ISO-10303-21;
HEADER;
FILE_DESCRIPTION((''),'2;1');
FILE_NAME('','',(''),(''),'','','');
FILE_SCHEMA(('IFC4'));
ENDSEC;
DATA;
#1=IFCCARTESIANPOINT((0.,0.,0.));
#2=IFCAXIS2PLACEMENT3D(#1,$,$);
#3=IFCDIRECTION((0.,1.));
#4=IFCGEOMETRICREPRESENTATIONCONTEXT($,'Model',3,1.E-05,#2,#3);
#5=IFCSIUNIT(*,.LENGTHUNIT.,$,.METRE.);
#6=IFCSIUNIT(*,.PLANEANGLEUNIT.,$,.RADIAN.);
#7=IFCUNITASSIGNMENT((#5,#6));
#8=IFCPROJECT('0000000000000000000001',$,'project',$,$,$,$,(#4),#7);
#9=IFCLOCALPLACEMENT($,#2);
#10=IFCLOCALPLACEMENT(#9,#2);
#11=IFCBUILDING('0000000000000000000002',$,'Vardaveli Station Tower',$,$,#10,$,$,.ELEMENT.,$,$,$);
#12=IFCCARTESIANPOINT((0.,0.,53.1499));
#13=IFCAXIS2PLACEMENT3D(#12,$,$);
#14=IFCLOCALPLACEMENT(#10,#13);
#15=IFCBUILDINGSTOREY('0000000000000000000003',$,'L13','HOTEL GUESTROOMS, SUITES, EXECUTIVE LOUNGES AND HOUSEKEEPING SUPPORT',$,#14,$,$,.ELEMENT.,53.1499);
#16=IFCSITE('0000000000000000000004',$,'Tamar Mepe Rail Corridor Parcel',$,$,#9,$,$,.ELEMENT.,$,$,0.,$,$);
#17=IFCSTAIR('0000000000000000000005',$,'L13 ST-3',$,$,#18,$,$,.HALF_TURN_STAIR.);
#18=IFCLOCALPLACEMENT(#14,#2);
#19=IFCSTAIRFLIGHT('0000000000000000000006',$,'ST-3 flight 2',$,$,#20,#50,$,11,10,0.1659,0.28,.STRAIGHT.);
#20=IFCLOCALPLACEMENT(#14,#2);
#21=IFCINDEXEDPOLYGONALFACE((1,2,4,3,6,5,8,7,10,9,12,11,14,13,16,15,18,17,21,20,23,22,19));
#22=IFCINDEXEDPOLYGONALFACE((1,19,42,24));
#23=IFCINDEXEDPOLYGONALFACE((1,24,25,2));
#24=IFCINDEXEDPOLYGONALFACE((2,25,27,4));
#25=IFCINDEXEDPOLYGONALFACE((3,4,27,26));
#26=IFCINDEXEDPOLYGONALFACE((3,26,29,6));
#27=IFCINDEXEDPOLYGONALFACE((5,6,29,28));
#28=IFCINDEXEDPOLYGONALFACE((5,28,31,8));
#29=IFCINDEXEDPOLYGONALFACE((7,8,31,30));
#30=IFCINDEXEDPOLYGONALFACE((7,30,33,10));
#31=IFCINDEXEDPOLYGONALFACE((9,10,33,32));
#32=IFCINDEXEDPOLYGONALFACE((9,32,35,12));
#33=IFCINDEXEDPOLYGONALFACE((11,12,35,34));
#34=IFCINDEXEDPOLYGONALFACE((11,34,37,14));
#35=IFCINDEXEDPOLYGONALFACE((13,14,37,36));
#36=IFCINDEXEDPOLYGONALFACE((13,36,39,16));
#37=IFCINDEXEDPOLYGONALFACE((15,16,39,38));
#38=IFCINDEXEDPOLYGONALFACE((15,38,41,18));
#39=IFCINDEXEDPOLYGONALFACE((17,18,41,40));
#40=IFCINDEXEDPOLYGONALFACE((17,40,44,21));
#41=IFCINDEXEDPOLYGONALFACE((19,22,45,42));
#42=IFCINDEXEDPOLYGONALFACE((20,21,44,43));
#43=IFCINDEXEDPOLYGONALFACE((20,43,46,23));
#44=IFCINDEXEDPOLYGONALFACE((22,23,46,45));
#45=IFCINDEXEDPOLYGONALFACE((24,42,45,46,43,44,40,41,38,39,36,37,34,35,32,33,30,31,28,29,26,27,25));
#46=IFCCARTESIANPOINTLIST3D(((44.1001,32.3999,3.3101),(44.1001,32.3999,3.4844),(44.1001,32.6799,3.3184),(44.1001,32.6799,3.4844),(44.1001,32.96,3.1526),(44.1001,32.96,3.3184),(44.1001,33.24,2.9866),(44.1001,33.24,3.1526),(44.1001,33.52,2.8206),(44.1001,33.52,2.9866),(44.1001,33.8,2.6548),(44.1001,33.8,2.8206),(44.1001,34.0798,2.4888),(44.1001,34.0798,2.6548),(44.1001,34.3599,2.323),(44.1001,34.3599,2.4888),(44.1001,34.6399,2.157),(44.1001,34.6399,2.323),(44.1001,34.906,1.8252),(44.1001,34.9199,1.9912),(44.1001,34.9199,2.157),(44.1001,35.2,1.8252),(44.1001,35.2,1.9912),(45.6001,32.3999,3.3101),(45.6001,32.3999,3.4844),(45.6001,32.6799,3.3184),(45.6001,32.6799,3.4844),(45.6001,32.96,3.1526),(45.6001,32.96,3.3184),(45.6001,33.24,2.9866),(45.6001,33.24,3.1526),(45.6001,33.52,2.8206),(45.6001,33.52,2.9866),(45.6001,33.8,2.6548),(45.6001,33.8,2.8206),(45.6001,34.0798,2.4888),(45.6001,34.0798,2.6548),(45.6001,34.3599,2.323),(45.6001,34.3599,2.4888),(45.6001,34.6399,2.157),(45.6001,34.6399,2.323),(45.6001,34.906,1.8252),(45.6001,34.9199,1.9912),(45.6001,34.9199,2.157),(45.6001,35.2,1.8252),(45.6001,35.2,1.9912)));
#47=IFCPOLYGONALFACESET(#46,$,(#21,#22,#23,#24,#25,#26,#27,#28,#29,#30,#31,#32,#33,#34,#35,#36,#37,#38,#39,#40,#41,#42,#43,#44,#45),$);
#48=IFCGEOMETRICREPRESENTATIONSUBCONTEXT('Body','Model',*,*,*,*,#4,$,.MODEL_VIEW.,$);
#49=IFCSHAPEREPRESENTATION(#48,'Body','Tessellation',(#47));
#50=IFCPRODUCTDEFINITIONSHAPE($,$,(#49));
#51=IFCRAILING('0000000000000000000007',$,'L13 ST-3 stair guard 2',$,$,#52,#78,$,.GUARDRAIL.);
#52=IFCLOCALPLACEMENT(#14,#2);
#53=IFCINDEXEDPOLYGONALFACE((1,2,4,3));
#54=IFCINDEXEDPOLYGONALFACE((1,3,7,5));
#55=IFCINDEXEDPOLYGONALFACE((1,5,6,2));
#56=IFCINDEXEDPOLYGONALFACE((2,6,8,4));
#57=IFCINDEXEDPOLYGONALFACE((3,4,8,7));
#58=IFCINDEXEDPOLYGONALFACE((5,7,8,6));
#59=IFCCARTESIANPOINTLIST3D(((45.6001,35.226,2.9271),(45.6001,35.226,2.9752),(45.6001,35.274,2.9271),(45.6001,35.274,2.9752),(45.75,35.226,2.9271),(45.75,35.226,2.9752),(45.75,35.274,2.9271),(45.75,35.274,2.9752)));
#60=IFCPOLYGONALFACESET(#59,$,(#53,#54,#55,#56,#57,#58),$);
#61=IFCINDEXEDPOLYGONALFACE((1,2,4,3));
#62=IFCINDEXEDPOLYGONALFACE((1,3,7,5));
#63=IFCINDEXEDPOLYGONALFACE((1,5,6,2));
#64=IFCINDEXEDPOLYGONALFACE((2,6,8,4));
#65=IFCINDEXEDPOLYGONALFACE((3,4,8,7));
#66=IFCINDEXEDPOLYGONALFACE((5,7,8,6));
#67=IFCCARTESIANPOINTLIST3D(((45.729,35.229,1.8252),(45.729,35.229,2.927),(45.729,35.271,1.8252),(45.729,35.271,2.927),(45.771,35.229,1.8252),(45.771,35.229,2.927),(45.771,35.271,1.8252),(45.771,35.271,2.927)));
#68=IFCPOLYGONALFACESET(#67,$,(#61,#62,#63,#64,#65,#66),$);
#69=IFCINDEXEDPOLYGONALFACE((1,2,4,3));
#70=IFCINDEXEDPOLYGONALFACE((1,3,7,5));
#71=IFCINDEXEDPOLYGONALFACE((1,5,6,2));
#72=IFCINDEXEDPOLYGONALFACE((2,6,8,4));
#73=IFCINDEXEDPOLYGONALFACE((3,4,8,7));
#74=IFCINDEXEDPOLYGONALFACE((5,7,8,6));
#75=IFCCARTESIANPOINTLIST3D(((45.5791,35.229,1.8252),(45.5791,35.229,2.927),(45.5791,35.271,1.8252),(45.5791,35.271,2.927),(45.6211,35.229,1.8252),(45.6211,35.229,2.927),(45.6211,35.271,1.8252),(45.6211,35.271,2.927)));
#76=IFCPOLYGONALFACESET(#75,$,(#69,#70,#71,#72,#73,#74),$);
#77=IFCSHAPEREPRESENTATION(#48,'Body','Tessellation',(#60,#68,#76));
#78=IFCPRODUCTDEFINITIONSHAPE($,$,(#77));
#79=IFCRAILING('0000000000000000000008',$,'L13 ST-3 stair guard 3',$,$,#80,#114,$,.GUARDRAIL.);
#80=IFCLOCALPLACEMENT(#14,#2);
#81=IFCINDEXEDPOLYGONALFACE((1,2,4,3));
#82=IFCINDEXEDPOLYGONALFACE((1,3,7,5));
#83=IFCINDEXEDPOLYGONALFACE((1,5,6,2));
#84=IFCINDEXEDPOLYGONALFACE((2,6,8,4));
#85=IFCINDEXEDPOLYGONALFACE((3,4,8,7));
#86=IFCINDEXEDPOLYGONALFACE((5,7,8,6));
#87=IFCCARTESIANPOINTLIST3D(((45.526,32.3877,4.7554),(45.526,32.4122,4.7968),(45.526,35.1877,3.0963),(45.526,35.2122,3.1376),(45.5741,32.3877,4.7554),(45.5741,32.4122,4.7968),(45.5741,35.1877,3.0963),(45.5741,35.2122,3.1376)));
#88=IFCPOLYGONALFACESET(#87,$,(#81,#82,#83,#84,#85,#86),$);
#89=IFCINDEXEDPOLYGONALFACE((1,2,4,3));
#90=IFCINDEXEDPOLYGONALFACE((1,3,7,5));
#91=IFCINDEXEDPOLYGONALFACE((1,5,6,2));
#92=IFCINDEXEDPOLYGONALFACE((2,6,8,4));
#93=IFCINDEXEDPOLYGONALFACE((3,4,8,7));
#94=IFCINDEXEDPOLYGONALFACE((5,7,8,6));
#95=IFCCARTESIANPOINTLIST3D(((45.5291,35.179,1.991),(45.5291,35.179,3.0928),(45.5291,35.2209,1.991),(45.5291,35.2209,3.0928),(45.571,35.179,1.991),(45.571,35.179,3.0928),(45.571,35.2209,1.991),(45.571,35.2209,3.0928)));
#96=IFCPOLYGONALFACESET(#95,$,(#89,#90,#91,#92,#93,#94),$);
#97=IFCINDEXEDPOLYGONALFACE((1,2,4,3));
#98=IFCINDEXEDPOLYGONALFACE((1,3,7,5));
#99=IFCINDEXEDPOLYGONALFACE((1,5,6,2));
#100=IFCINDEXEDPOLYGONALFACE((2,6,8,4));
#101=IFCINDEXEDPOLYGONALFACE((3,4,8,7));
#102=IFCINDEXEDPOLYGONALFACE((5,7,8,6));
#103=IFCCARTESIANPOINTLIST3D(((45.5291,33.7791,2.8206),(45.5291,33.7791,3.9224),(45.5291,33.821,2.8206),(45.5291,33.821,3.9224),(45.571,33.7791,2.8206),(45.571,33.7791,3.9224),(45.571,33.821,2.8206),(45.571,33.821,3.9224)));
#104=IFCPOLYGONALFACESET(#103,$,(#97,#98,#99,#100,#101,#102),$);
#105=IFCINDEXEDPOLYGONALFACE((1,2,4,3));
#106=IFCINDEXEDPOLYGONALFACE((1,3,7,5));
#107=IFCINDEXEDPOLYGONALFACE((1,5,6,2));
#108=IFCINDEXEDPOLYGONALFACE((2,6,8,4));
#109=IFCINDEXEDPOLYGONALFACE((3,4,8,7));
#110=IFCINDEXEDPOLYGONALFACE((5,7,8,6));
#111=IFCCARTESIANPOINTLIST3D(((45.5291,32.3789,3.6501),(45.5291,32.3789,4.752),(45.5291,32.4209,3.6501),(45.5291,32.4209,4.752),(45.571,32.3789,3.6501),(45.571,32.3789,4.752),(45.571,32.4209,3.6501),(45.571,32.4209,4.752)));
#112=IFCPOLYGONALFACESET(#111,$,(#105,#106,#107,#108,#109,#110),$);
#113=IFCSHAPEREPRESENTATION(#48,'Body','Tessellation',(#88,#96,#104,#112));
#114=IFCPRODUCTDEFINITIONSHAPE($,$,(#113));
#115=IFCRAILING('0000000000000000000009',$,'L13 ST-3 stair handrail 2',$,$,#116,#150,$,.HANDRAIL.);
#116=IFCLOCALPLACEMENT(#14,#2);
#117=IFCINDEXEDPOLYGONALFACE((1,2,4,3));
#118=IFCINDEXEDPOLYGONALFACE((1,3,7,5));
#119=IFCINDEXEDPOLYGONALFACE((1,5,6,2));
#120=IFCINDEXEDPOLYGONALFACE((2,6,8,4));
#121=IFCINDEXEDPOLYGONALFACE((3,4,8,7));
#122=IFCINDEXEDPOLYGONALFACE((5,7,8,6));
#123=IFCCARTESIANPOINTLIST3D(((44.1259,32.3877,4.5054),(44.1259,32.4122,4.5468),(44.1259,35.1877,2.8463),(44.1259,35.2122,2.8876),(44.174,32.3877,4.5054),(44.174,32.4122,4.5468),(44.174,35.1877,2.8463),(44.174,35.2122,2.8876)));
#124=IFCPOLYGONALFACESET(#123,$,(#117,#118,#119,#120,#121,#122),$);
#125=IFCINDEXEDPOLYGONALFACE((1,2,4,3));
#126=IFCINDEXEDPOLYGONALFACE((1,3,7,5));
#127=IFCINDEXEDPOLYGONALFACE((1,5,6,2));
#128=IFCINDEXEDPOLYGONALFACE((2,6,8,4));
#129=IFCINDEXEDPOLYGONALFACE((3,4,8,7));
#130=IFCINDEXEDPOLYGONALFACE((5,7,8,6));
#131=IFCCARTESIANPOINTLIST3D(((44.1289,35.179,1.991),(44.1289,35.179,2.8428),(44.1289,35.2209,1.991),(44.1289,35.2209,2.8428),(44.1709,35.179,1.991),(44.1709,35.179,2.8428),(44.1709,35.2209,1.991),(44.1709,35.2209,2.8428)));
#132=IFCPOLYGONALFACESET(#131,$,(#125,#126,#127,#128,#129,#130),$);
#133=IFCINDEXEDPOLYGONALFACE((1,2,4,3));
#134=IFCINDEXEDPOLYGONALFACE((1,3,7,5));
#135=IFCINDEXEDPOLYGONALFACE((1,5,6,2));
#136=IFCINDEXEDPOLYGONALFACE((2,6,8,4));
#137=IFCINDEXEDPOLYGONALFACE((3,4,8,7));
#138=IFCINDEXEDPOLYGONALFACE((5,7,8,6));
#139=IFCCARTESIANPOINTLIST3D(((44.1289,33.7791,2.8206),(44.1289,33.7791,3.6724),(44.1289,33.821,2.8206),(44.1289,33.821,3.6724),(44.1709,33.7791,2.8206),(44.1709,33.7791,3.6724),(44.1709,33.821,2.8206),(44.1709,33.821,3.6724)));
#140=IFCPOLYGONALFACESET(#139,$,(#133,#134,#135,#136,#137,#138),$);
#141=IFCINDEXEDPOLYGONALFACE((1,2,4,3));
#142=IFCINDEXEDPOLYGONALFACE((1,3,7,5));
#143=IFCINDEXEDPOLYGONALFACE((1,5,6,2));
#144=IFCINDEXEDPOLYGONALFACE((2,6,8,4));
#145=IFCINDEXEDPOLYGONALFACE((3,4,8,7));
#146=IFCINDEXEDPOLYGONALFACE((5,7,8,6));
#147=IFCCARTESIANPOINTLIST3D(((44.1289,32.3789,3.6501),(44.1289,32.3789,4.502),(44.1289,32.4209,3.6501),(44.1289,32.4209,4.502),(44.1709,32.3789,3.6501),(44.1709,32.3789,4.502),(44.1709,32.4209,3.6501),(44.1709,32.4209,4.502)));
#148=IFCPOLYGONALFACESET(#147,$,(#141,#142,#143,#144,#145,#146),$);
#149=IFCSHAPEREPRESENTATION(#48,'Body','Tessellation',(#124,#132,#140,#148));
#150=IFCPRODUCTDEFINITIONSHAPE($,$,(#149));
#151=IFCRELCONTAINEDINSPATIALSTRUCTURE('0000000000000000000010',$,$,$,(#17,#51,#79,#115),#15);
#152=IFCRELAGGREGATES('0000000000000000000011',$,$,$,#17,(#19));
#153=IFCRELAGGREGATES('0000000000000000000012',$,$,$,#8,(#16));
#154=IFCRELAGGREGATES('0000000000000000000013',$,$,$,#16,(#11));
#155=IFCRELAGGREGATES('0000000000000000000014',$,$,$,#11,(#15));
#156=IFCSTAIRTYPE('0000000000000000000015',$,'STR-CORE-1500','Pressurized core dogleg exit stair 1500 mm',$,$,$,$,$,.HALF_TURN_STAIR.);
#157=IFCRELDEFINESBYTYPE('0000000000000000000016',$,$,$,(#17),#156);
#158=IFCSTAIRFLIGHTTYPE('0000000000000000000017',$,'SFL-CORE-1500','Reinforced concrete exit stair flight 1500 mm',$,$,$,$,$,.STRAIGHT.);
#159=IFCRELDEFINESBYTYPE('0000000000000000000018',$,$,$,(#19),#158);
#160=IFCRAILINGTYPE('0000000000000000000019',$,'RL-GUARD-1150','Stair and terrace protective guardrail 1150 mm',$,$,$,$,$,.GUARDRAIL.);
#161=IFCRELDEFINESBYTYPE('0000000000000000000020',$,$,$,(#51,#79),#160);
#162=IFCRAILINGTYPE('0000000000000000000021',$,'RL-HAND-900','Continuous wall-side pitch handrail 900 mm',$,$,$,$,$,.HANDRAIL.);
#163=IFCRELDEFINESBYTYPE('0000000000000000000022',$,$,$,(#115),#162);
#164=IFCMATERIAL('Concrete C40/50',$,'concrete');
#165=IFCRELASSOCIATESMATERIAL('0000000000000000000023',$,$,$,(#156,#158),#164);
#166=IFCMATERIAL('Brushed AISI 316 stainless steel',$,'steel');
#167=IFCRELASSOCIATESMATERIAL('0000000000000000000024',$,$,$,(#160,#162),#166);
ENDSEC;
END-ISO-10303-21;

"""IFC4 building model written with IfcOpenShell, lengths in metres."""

from ifc_helpers import new_model, si_unit, direction, frame, origin, origin_2d, place, context, subcontext, project, spatial, polyline, rectangle, outline, extrude, source, transform, mapped, material, type_object, element, aggregate, save


model = new_model("IFC4")

# Units and contexts
model_context = context("Model", 3, precision=1e-05, world=origin(), true_north=direction((0.0, 1.0)))
body_context = subcontext(model_context, "Body", "Model", "MODEL_VIEW")
ifc_project = project(units=[si_unit("LENGTHUNIT", "METRE"), si_unit("PLANEANGLEUNIT", "RADIAN")], contexts=[model_context])

# Site, building, storey
site_placement = place(None, origin())
site = spatial("IfcSite", under=ifc_project, at=site_placement, Name="Tamar Mepe Rail Corridor Parcel", CompositionType="ELEMENT", RefElevation=0.0)
building_placement = place(site_placement, origin())
building = spatial("IfcBuilding", under=site, at=building_placement, Name="Vardaveli Station Tower", CompositionType="ELEMENT")
storey_placement = place(building_placement, frame((0.0, 0.0, 53.1499)))
storey = spatial("IfcBuildingStorey", under=building, at=storey_placement, Name="L13", Description="HOTEL GUESTROOMS, SUITES, EXECUTIVE LOUNGES AND HOUSEKEEPING SUPPORT", CompositionType="ELEMENT", Elevation=53.1499)

# Shared definitions
ifc_material_1 = material(Name="Concrete C40/50", Category="concrete")

# Stair, stair flight
stair_type = type_object("IfcStairType", Name="STR-CORE-1500", Description="Pressurized core dogleg exit stair 1500 mm", PredefinedType="HALF_TURN_STAIR", material=ifc_material_1)
stair_placement = place(storey_placement, origin())
stair = element("IfcStair", 1, at=stair_placement, inside=storey, type_object=stair_type, Name="L13 ST-3", PredefinedType="HALF_TURN_STAIR")
stair_flight_type = type_object("IfcStairFlightType", Name="SFL-CORE-1500", Description="Reinforced concrete exit stair flight 1500 mm", PredefinedType="STRAIGHT", material=ifc_material_1)
shared_shape_1 = source(origin(), body_context, "Body", "SweptSolid", [
    extrude(outline(polyline([(0.0, 0.0), (0.0, 0.166), (0.28, 0.166), (0.28, 0.3318), (0.5601, 0.3318), (0.5601, 0.4978), (0.8401, 0.4978), (0.8401, 0.6636), (1.1201, 0.6636), (1.1201, 0.8296), (1.3999, 0.8296), (1.3999, 0.9954), (1.6799, 0.9954), (1.6799, 1.1614), (1.96, 1.1614), (1.96, 1.3274), (2.24, 1.3274), (2.24, 1.4932), (2.52, 1.4932), (2.52, 1.6592), (2.8, 1.6592), (2.8, 1.825), (2.8, 1.4849), (0.2939, 0.0), (0.0, 0.0)])), frame((0.0, 0.75, 0.0), z_axis=(0.0, -1.0, 0.0), x_axis=(1.0, 0.0, 0.0)), (0.0, 0.0, 1.0), 1.5),
])
stair_flight_placement = place(storey_placement, frame((44.8501, 35.2, 1.8252), z_axis=(0.0, 0.0, 1.0), x_axis=(0.0, -1.0, 0.0)))
stair_flight = element("IfcStairFlight", 2, at=stair_flight_placement, type_object=stair_flight_type, Name="ST-3 flight 2", NumberOfRisers=11, NumberOfTreads=10, PredefinedType="STRAIGHT", RiserHeight=0.1659, TreadLength=0.28, context=body_context, shape_type="MappedRepresentation", body=[
    mapped(shared_shape_1, transform((0.0, 0.0, 0.0), scale=1.0)),
])
aggregate(stair, [stair_flight])

# Railings
ifc_material_2 = material(Name="Brushed AISI 316 stainless steel", Category="steel")
railing_type_1 = type_object("IfcRailingType", Name="RL-GUARD-1150", Description="Stair and terrace protective guardrail 1150 mm", PredefinedType="GUARDRAIL", material=ifc_material_2)
shared_shape_2 = source(origin(), body_context, "Body", "SweptSolid", [
    extrude(rectangle(XDim=0.0481, YDim=0.0481, at=origin_2d()), frame((0.0, 0.0, 1.126), z_axis=(-1.0, 0.0, 0.0), x_axis=(0.0, -1.0, 0.0)), (0.0, 0.0, 1.0), 0.1499),
    extrude(rectangle(XDim=0.042, YDim=0.042, at=origin_2d()), origin(), (0.0, 0.0, 1.0), 1.1018),
    extrude(rectangle(XDim=0.042, YDim=0.042, at=origin_2d()), frame((-0.1499, 0.0, 0.0)), (0.0, 0.0, 1.0), 1.1018),
])
railing_1_placement = place(storey_placement, frame((45.75, 35.25, 1.8252)))
element("IfcRailing", 3, at=railing_1_placement, inside=storey, type_object=railing_type_1, Name="L13 ST-3 stair guard 2", PredefinedType="GUARDRAIL", context=body_context, shape_type="MappedRepresentation", body=[
    mapped(shared_shape_2, transform((0.0, 0.0, 0.0), scale=1.0)),
])
shared_shape_3 = source(origin(), body_context, "Body", "SweptSolid", [
    extrude(rectangle(XDim=0.0481, YDim=0.0481, at=origin_2d()), frame((0.0, 0.0, 1.126), z_axis=(0.0, -0.860306, 0.509778), x_axis=(1.0, 0.0, 0.0)), (0.0, 0.0, 1.0), 3.2546),
    extrude(rectangle(XDim=0.042, YDim=0.042, at=origin_2d()), origin(), (0.0, 0.0, 1.0), 1.1018),
    extrude(rectangle(XDim=0.042, YDim=0.042, at=origin_2d()), frame((0.0, -1.3999, 0.8296)), (0.0, 0.0, 1.0), 1.1018),
    extrude(rectangle(XDim=0.042, YDim=0.042, at=origin_2d()), frame((0.0, -2.8, 1.6592)), (0.0, 0.0, 1.0), 1.1018),
])
railing_2_placement = place(storey_placement, frame((45.55, 35.2, 1.991)))
element("IfcRailing", 4, at=railing_2_placement, inside=storey, type_object=railing_type_1, Name="L13 ST-3 stair guard 3", PredefinedType="GUARDRAIL", context=body_context, shape_type="MappedRepresentation", body=[
    mapped(shared_shape_3, transform((0.0, 0.0, 0.0), scale=1.0)),
])
railing_type_2 = type_object("IfcRailingType", Name="RL-HAND-900", Description="Continuous wall-side pitch handrail 900 mm", PredefinedType="HANDRAIL", material=ifc_material_2)
shared_shape_4 = source(origin(), body_context, "Body", "SweptSolid", [
    extrude(rectangle(XDim=0.0481, YDim=0.0481, at=origin_2d()), frame((0.0, 0.0, 0.876), z_axis=(0.0, -0.860306, 0.509778), x_axis=(1.0, 0.0, 0.0)), (0.0, 0.0, 1.0), 3.2546),
    extrude(rectangle(XDim=0.042, YDim=0.042, at=origin_2d()), origin(), (0.0, 0.0, 1.0), 0.8518),
    extrude(rectangle(XDim=0.042, YDim=0.042, at=origin_2d()), frame((0.0, -1.3999, 0.8296)), (0.0, 0.0, 1.0), 0.8518),
    extrude(rectangle(XDim=0.042, YDim=0.042, at=origin_2d()), frame((0.0, -2.8, 1.6592)), (0.0, 0.0, 1.0), 0.8518),
])
railing_3_placement = place(storey_placement, frame((44.1499, 35.2, 1.991)))
element("IfcRailing", 5, at=railing_3_placement, inside=storey, type_object=railing_type_2, Name="L13 ST-3 stair handrail 2", PredefinedType="HANDRAIL", context=body_context, shape_type="MappedRepresentation", body=[
    mapped(shared_shape_4, transform((0.0, 0.0, 0.0), scale=1.0)),
])

save(model, "model.ifc")
